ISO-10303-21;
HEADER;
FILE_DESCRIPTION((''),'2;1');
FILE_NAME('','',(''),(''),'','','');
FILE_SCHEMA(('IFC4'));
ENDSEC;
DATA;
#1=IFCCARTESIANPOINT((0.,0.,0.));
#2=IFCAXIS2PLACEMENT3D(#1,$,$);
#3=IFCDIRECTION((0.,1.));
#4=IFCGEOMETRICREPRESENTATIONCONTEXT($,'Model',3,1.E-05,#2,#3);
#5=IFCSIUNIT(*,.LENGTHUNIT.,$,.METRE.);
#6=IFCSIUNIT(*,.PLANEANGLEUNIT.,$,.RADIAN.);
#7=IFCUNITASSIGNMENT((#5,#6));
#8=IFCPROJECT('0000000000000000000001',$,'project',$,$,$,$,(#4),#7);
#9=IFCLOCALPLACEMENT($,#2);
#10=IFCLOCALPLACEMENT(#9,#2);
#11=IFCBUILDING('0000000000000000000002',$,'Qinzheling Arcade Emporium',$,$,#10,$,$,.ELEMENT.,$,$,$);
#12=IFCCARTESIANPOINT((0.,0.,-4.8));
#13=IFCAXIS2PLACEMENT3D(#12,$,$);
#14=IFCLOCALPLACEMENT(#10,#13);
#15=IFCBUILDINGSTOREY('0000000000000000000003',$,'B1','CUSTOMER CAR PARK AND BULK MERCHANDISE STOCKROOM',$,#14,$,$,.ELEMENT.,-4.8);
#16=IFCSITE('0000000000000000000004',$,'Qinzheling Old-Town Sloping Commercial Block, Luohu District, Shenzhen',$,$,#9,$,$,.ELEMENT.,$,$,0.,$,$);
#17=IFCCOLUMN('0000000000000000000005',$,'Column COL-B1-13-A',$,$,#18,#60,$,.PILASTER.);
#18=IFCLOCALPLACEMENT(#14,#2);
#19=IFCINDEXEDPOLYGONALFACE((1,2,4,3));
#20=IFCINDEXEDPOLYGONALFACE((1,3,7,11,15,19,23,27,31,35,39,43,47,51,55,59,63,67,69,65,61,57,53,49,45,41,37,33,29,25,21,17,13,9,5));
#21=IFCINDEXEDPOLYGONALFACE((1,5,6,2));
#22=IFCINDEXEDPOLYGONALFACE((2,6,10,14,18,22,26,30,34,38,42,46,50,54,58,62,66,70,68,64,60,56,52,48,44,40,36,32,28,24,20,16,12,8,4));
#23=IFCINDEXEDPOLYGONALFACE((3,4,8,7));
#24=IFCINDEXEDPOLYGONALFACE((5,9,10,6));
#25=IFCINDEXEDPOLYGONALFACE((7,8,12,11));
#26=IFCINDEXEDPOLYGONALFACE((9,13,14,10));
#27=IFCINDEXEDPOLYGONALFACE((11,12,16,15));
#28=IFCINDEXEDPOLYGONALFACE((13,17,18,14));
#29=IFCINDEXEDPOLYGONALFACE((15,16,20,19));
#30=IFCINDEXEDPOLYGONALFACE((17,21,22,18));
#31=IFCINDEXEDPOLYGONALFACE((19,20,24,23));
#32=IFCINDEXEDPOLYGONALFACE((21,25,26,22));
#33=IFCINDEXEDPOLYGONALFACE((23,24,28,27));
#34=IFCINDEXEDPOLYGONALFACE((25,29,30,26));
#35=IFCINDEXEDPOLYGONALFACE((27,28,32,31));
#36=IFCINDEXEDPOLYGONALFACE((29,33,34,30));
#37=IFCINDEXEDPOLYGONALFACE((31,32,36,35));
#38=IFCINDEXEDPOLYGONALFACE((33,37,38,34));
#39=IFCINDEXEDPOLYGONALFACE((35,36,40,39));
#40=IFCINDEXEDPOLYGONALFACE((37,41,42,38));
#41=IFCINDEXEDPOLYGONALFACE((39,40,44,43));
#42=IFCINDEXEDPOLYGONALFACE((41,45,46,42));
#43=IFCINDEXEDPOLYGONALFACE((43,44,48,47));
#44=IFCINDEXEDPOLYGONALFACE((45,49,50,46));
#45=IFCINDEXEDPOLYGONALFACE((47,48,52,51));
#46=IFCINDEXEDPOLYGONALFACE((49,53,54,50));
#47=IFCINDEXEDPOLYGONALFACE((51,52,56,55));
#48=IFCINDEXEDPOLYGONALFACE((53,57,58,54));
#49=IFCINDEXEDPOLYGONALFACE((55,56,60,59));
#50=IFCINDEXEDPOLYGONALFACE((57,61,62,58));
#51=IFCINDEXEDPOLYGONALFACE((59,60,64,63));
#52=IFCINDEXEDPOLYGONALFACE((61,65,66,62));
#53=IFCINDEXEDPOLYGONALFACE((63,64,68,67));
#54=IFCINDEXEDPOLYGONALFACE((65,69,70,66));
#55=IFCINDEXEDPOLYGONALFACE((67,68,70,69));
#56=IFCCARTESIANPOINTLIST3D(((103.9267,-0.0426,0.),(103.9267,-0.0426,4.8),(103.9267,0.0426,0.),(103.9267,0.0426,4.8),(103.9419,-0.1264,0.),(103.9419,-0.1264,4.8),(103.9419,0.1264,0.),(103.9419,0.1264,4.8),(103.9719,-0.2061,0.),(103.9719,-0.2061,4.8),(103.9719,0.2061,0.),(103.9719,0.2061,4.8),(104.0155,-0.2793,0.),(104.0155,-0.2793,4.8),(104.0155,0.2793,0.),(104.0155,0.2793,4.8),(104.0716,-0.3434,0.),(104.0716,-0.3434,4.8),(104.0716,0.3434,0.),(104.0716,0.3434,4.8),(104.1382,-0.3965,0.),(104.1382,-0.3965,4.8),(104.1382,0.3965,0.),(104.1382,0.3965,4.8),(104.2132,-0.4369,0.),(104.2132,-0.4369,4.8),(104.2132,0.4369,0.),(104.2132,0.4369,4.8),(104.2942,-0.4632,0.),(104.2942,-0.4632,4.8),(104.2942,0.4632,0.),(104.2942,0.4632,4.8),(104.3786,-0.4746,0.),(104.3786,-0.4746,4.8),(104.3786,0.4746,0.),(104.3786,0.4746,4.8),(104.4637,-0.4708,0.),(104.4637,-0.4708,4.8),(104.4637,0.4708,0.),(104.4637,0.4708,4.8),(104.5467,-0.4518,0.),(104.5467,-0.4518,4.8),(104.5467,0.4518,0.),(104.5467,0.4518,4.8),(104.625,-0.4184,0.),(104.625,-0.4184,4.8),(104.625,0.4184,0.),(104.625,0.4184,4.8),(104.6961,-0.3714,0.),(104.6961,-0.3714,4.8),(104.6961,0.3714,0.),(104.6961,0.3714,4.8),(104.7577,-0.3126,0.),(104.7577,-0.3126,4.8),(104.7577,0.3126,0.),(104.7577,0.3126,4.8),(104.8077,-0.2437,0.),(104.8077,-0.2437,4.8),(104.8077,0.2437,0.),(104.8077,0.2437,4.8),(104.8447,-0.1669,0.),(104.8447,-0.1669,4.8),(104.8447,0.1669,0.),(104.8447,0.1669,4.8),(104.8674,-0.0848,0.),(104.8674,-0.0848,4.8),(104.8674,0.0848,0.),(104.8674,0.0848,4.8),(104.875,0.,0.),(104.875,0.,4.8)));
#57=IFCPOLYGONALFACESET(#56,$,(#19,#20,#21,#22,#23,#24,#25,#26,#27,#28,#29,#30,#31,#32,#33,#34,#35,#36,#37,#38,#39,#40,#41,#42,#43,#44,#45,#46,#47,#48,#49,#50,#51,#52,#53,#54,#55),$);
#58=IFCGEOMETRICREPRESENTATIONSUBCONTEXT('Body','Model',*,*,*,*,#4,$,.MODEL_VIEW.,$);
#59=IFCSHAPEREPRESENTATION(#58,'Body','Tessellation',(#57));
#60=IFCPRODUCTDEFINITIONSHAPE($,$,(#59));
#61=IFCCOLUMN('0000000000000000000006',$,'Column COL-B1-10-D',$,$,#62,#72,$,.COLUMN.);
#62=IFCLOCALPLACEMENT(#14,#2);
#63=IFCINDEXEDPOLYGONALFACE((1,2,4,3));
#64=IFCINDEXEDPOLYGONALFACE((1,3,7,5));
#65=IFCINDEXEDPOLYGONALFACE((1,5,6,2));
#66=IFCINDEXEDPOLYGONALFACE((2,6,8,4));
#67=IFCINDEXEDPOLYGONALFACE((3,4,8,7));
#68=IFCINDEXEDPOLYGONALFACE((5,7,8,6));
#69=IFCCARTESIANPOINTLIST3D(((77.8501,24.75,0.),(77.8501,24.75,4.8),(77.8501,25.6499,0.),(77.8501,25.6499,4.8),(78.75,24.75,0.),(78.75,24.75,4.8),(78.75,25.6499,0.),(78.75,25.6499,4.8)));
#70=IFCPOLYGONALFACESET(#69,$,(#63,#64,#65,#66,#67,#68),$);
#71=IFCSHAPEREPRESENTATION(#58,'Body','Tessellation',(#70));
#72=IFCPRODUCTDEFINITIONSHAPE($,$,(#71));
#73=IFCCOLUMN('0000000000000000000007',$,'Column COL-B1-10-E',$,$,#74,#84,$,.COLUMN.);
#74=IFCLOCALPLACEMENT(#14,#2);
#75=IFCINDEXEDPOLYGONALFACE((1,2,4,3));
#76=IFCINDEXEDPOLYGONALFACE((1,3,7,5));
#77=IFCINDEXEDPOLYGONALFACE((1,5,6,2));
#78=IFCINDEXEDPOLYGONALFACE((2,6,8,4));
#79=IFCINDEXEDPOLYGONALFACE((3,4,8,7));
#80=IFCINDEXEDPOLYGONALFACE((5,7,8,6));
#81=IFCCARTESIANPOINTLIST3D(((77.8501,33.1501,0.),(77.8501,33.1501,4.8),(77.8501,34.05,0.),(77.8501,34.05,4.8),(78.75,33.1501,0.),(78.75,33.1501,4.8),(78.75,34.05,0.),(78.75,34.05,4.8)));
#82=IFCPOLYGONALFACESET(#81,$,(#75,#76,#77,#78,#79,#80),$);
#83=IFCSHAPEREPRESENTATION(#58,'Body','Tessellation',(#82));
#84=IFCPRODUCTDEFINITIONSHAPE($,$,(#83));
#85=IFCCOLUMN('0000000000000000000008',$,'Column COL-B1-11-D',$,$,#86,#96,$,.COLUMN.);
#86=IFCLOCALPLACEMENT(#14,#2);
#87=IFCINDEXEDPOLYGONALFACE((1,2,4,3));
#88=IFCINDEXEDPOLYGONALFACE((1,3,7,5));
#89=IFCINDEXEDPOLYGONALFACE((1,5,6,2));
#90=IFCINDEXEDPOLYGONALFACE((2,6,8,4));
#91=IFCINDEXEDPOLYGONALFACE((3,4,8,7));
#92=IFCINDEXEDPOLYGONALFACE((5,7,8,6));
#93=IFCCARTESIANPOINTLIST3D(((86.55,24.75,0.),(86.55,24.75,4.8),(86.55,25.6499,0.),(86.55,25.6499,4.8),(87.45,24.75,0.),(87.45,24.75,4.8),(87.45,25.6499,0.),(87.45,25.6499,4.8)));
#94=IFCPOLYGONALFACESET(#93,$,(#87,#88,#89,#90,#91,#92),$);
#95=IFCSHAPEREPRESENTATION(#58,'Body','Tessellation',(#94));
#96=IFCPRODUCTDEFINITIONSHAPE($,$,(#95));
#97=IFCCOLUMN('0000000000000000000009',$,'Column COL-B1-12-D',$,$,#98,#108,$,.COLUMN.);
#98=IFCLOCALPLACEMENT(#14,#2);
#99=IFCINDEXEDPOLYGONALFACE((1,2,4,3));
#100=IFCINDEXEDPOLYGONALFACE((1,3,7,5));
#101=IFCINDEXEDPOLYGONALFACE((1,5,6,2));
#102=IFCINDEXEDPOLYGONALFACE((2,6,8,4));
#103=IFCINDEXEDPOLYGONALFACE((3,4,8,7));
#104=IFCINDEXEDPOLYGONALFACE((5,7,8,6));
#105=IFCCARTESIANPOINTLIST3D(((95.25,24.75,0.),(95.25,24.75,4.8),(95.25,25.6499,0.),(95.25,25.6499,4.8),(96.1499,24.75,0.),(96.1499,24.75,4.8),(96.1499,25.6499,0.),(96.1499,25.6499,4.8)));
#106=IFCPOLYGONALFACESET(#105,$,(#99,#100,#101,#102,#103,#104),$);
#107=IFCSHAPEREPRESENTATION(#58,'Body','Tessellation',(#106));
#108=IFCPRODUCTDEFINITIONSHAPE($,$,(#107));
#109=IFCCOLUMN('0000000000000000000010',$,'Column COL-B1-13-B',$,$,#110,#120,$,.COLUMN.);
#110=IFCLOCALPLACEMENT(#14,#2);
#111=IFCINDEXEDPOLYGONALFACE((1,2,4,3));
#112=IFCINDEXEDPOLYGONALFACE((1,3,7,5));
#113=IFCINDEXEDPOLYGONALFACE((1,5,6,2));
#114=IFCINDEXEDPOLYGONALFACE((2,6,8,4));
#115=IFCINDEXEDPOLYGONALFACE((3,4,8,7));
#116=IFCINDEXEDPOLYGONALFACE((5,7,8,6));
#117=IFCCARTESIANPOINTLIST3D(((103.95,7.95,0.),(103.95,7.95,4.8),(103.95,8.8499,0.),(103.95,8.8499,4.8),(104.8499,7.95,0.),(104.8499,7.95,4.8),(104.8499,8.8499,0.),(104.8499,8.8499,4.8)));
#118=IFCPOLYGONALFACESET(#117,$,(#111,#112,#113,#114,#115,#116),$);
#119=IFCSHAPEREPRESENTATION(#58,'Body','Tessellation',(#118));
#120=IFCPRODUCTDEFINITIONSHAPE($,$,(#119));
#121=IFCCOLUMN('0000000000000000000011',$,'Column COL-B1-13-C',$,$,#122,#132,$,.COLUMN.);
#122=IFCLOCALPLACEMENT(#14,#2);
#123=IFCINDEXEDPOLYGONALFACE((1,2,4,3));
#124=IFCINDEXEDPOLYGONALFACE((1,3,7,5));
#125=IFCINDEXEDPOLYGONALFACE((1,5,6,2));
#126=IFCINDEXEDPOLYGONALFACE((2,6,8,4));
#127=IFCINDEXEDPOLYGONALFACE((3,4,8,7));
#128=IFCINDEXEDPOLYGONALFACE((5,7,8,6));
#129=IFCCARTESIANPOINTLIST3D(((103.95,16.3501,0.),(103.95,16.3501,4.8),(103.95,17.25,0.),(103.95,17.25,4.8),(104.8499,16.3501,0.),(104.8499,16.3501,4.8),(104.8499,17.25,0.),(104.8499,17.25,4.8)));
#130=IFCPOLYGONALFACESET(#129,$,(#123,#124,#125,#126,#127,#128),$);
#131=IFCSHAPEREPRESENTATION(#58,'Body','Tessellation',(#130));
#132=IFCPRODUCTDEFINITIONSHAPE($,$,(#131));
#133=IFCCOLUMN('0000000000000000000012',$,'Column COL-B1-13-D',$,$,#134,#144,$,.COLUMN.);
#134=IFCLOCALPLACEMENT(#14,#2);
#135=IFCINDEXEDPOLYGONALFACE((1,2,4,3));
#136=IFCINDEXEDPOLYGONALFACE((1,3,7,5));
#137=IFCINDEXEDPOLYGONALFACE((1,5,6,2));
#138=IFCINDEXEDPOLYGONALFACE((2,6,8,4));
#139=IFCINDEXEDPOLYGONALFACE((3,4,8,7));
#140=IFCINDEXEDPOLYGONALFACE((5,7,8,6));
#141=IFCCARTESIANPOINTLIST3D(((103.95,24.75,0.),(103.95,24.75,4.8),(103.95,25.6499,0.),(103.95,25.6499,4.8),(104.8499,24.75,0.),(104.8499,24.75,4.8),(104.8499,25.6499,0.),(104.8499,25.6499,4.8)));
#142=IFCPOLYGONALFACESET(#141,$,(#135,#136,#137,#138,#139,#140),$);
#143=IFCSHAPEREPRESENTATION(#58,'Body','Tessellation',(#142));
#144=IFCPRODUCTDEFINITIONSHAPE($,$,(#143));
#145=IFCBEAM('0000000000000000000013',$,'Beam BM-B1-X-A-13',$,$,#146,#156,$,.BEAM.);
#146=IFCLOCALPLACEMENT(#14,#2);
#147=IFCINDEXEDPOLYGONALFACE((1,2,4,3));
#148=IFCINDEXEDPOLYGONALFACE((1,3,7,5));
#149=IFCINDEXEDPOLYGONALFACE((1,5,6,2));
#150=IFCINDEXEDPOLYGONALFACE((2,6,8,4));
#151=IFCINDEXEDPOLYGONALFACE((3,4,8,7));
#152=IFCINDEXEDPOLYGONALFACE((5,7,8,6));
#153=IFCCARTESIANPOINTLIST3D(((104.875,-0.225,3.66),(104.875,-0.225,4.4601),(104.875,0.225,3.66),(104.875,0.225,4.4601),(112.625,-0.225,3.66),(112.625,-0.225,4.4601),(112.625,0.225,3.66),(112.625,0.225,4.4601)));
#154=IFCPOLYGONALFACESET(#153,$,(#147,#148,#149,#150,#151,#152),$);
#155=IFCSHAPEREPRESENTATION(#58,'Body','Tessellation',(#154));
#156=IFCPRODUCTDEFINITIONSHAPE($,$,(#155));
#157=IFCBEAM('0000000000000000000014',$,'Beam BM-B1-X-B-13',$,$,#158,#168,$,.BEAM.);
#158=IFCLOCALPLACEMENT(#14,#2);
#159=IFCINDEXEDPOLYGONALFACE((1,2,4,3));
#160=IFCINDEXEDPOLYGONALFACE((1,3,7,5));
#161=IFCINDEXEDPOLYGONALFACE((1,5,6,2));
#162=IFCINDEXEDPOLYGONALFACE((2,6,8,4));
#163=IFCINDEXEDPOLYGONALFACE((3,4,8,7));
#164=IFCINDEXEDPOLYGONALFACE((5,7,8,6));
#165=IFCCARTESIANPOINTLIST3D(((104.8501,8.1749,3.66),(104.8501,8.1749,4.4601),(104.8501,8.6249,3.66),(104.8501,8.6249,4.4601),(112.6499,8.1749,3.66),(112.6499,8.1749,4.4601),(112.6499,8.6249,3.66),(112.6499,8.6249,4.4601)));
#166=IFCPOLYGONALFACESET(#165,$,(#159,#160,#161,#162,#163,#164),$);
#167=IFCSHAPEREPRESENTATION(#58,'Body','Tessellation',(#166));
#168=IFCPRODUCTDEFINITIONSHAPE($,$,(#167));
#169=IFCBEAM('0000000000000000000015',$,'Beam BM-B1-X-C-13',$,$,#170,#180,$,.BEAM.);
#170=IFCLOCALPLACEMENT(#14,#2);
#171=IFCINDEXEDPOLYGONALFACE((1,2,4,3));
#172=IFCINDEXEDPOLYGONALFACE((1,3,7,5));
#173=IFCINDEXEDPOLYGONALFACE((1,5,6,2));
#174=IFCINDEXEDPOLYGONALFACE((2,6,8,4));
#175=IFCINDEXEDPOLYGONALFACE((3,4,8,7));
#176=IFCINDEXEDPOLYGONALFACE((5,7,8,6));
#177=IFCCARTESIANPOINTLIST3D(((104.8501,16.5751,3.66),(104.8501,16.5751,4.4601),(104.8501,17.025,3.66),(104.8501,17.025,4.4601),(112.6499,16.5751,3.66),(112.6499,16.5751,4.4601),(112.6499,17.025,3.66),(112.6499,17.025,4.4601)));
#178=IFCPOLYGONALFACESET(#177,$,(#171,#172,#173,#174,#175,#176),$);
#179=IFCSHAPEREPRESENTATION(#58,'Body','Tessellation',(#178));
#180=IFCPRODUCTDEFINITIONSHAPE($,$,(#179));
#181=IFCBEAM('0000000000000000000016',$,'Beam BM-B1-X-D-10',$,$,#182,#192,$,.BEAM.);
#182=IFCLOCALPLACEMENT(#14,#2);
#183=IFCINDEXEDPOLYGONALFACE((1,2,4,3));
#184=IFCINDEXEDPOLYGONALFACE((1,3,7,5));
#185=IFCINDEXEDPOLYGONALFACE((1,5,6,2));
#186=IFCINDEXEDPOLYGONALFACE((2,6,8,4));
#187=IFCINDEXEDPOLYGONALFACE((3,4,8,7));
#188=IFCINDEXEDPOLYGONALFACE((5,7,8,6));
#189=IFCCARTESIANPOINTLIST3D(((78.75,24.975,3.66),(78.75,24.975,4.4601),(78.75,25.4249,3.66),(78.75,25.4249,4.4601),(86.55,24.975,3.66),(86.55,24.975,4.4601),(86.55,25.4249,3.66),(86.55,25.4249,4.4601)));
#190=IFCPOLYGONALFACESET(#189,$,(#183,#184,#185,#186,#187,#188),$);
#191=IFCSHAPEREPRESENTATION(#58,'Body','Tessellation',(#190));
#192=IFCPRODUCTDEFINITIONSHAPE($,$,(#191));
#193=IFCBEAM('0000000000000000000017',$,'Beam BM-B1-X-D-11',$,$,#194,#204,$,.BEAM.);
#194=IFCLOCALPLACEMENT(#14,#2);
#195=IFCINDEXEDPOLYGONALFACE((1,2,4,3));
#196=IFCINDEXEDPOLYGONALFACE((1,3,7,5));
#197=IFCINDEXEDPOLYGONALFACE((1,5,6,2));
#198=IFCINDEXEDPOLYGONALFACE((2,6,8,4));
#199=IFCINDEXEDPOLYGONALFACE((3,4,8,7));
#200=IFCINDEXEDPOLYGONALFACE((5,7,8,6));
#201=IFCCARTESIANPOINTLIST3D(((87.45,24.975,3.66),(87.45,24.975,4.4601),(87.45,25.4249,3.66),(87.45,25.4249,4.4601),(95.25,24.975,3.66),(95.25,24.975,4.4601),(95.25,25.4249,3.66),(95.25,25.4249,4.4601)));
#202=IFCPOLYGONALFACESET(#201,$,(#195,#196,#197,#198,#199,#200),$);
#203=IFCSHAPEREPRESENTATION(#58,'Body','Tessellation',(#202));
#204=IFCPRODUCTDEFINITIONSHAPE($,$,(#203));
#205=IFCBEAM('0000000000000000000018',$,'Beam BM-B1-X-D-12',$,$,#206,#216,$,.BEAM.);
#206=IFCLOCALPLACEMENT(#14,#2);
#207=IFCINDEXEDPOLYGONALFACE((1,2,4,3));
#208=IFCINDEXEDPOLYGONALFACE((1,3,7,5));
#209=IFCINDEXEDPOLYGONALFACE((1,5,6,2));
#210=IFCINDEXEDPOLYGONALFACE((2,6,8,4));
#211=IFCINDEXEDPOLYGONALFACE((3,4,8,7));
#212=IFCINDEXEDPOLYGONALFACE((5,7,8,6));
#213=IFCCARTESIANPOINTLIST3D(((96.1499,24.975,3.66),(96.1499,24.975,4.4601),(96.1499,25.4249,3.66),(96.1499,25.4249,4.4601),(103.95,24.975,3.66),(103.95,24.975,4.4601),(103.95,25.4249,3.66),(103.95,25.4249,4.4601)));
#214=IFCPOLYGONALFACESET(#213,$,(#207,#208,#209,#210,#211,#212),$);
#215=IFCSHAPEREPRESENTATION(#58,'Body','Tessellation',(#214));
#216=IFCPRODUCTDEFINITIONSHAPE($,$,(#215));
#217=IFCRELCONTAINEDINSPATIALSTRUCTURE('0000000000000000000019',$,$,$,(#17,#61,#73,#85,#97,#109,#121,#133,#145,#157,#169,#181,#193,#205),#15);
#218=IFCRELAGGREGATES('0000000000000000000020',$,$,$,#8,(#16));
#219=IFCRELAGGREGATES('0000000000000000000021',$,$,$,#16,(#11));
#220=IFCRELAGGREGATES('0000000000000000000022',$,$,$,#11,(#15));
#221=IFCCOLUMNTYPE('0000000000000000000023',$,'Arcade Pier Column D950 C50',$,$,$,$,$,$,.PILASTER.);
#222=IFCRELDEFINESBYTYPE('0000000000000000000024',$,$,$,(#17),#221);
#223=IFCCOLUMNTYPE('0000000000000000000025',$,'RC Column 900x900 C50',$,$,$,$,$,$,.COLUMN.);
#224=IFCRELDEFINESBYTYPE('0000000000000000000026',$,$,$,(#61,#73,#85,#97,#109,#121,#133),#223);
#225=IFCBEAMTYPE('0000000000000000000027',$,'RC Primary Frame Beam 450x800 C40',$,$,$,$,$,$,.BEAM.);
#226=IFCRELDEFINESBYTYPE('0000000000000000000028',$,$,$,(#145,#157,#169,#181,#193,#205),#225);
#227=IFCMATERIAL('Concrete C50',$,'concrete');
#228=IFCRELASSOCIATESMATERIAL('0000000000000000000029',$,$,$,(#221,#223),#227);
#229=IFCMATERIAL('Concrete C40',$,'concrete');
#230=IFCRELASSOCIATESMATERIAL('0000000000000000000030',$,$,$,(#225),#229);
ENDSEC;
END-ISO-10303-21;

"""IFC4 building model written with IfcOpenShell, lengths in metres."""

from ifc_helpers import new_model, si_unit, direction, frame, origin, origin_2d, place, context, subcontext, project, spatial, rectangle, circle, extrude, material, material_profile, profile_set, type_object, element, save


model = new_model("IFC4")

# Units and contexts
model_context = context("Model", 3, precision=1e-05, world=origin(), true_north=direction((0.0, 1.0)))
body_context = subcontext(model_context, "Body", "Model", "MODEL_VIEW")
ifc_project = project(units=[si_unit("LENGTHUNIT", "METRE"), si_unit("PLANEANGLEUNIT", "RADIAN")], contexts=[model_context])

# Site, building, storey
site_placement = place(None, origin())
site = spatial("IfcSite", under=ifc_project, at=site_placement, Name="Qinzheling Old-Town Sloping Commercial Block, Luohu District, Shenzhen", CompositionType="ELEMENT", RefElevation=0.0)
building_placement = place(site_placement, origin())
building = spatial("IfcBuilding", under=site, at=building_placement, Name="Qinzheling Arcade Emporium", CompositionType="ELEMENT")
storey_placement = place(building_placement, frame((0.0, 0.0, -4.8)))
storey = spatial("IfcBuildingStorey", under=building, at=storey_placement, Name="B1", Description="CUSTOMER CAR PARK AND BULK MERCHANDISE STOCKROOM", CompositionType="ELEMENT", Elevation=-4.8)

# Columns
ifc_material_1 = material(Name="Concrete C50", Category="concrete")
ifc_material_profile_1 = material_profile(ifc_material_1, circle(Radius=0.4751, at=origin_2d()), Name="RC D950", Category="concrete")
ifc_profile_set_1 = profile_set([ifc_material_profile_1], Name="Concrete C50")
column_type_1 = type_object("IfcColumnType", Name="Arcade Pier Column D950 C50", PredefinedType="PILASTER", material=ifc_profile_set_1)
column_placement = place(storey_placement, frame((104.3999, 0.0, 0.0), z_axis=(0.0, 0.0, 1.0), x_axis=(1.0, 0.0, 0.0)))
element("IfcColumn", 1, at=column_placement, inside=storey, type_object=column_type_1, Name="Column COL-B1-13-A", PredefinedType="PILASTER", context=body_context, shape_type="SweptSolid", body=[
    extrude(circle(Radius=0.4751, at=origin_2d()), origin(), (0.0, 0.0, 1.0), 4.8),
])
ifc_material_profile_2 = material_profile(ifc_material_1, rectangle(XDim=0.8999, YDim=0.8999, at=origin_2d()), Name="RC 900x900", Category="concrete")
ifc_profile_set_2 = profile_set([ifc_material_profile_2], Name="Concrete C50")
column_type_2 = type_object("IfcColumnType", Name="RC Column 900x900 C50", PredefinedType="COLUMN", material=ifc_profile_set_2)
for number, where, z_axis, x_axis, name in (
    (2, (78.3, 25.2, 0.0), (0.0, 0.0, 1.0), (1.0, 0.0, 0.0), "Column COL-B1-10-D"),
    (3, (78.3, 33.6001, 0.0), (0.0, 0.0, 1.0), (1.0, 0.0, 0.0), "Column COL-B1-10-E"),
    (4, (87.0, 25.2, 0.0), (0.0, 0.0, 1.0), (1.0, 0.0, 0.0), "Column COL-B1-11-D"),
    (5, (95.7, 25.2, 0.0), (0.0, 0.0, 1.0), (1.0, 0.0, 0.0), "Column COL-B1-12-D"),
    (6, (104.3999, 8.3999, 0.0), (0.0, 0.0, 1.0), (1.0, 0.0, 0.0), "Column COL-B1-13-B"),
    (7, (104.3999, 16.8, 0.0), (0.0, 0.0, 1.0), (1.0, 0.0, 0.0), "Column COL-B1-13-C"),
    (8, (104.3999, 25.2, 0.0), (0.0, 0.0, 1.0), (1.0, 0.0, 0.0), "Column COL-B1-13-D"),
):
    element("IfcColumn", number, at=place(storey_placement, frame(where, z_axis=z_axis, x_axis=x_axis)), inside=storey, type_object=column_type_2, Name=name, PredefinedType="COLUMN", context=body_context, shape_type="SweptSolid", body=[
        extrude(rectangle(XDim=0.8999, YDim=0.8999, at=origin_2d()), origin(), (0.0, 0.0, 1.0), 4.8),
    ])

# Beams
ifc_material_2 = material(Name="Concrete C40", Category="concrete")
ifc_material_profile_3 = material_profile(ifc_material_2, rectangle(XDim=0.45, YDim=0.8, at=origin_2d()), Name="RC 450x800", Category="concrete")
ifc_profile_set_3 = profile_set([ifc_material_profile_3], Name="Concrete C40")
beam_type_1 = type_object("IfcBeamType", Name="RC Primary Frame Beam 450x800 C40", PredefinedType="BEAM", material=ifc_profile_set_3)
beam_1_placement = place(storey_placement, frame((104.875, 0.0, 4.0601), z_axis=(1.0, 0.0, 0.0), x_axis=(0.0, 1.0, 0.0)))
element("IfcBeam", 9, at=beam_1_placement, inside=storey, type_object=beam_type_1, Name="Beam BM-B1-X-A-13", PredefinedType="BEAM", context=body_context, shape_type="SweptSolid", body=[
    extrude(rectangle(XDim=0.45, YDim=0.8, at=origin_2d()), origin(), (0.0, 0.0, 1.0), 7.75),
])
for number, where, z_axis, x_axis, name in (
    (10, (104.8501, 8.3999, 4.0601), (1.0, 0.0, 0.0), (0.0, 1.0, 0.0), "Beam BM-B1-X-B-13"),
    (11, (104.8501, 16.8, 4.0601), (1.0, 0.0, 0.0), (0.0, 1.0, 0.0), "Beam BM-B1-X-C-13"),
):
    element("IfcBeam", number, at=place(storey_placement, frame(where, z_axis=z_axis, x_axis=x_axis)), inside=storey, type_object=beam_type_1, Name=name, PredefinedType="BEAM", context=body_context, shape_type="SweptSolid", body=[
        extrude(rectangle(XDim=0.45, YDim=0.8, at=origin_2d()), origin(), (0.0, 0.0, 1.0), 7.7998),
    ])
for number, where, z_axis, x_axis, name in (
    (12, (78.75, 25.2, 4.0601), (1.0, 0.0, 0.0), (0.0, 1.0, 0.0), "Beam BM-B1-X-D-10"),
    (13, (87.45, 25.2, 4.0601), (1.0, 0.0, 0.0), (0.0, 1.0, 0.0), "Beam BM-B1-X-D-11"),
    (14, (96.1499, 25.2, 4.0601), (1.0, 0.0, 0.0), (0.0, 1.0, 0.0), "Beam BM-B1-X-D-12"),
):
    element("IfcBeam", number, at=place(storey_placement, frame(where, z_axis=z_axis, x_axis=x_axis)), inside=storey, type_object=beam_type_1, Name=name, PredefinedType="BEAM", context=body_context, shape_type="SweptSolid", body=[
        extrude(rectangle(XDim=0.45, YDim=0.8, at=origin_2d()), origin(), (0.0, 0.0, 1.0), 7.8),
    ])

save(model, "model.ifc")
